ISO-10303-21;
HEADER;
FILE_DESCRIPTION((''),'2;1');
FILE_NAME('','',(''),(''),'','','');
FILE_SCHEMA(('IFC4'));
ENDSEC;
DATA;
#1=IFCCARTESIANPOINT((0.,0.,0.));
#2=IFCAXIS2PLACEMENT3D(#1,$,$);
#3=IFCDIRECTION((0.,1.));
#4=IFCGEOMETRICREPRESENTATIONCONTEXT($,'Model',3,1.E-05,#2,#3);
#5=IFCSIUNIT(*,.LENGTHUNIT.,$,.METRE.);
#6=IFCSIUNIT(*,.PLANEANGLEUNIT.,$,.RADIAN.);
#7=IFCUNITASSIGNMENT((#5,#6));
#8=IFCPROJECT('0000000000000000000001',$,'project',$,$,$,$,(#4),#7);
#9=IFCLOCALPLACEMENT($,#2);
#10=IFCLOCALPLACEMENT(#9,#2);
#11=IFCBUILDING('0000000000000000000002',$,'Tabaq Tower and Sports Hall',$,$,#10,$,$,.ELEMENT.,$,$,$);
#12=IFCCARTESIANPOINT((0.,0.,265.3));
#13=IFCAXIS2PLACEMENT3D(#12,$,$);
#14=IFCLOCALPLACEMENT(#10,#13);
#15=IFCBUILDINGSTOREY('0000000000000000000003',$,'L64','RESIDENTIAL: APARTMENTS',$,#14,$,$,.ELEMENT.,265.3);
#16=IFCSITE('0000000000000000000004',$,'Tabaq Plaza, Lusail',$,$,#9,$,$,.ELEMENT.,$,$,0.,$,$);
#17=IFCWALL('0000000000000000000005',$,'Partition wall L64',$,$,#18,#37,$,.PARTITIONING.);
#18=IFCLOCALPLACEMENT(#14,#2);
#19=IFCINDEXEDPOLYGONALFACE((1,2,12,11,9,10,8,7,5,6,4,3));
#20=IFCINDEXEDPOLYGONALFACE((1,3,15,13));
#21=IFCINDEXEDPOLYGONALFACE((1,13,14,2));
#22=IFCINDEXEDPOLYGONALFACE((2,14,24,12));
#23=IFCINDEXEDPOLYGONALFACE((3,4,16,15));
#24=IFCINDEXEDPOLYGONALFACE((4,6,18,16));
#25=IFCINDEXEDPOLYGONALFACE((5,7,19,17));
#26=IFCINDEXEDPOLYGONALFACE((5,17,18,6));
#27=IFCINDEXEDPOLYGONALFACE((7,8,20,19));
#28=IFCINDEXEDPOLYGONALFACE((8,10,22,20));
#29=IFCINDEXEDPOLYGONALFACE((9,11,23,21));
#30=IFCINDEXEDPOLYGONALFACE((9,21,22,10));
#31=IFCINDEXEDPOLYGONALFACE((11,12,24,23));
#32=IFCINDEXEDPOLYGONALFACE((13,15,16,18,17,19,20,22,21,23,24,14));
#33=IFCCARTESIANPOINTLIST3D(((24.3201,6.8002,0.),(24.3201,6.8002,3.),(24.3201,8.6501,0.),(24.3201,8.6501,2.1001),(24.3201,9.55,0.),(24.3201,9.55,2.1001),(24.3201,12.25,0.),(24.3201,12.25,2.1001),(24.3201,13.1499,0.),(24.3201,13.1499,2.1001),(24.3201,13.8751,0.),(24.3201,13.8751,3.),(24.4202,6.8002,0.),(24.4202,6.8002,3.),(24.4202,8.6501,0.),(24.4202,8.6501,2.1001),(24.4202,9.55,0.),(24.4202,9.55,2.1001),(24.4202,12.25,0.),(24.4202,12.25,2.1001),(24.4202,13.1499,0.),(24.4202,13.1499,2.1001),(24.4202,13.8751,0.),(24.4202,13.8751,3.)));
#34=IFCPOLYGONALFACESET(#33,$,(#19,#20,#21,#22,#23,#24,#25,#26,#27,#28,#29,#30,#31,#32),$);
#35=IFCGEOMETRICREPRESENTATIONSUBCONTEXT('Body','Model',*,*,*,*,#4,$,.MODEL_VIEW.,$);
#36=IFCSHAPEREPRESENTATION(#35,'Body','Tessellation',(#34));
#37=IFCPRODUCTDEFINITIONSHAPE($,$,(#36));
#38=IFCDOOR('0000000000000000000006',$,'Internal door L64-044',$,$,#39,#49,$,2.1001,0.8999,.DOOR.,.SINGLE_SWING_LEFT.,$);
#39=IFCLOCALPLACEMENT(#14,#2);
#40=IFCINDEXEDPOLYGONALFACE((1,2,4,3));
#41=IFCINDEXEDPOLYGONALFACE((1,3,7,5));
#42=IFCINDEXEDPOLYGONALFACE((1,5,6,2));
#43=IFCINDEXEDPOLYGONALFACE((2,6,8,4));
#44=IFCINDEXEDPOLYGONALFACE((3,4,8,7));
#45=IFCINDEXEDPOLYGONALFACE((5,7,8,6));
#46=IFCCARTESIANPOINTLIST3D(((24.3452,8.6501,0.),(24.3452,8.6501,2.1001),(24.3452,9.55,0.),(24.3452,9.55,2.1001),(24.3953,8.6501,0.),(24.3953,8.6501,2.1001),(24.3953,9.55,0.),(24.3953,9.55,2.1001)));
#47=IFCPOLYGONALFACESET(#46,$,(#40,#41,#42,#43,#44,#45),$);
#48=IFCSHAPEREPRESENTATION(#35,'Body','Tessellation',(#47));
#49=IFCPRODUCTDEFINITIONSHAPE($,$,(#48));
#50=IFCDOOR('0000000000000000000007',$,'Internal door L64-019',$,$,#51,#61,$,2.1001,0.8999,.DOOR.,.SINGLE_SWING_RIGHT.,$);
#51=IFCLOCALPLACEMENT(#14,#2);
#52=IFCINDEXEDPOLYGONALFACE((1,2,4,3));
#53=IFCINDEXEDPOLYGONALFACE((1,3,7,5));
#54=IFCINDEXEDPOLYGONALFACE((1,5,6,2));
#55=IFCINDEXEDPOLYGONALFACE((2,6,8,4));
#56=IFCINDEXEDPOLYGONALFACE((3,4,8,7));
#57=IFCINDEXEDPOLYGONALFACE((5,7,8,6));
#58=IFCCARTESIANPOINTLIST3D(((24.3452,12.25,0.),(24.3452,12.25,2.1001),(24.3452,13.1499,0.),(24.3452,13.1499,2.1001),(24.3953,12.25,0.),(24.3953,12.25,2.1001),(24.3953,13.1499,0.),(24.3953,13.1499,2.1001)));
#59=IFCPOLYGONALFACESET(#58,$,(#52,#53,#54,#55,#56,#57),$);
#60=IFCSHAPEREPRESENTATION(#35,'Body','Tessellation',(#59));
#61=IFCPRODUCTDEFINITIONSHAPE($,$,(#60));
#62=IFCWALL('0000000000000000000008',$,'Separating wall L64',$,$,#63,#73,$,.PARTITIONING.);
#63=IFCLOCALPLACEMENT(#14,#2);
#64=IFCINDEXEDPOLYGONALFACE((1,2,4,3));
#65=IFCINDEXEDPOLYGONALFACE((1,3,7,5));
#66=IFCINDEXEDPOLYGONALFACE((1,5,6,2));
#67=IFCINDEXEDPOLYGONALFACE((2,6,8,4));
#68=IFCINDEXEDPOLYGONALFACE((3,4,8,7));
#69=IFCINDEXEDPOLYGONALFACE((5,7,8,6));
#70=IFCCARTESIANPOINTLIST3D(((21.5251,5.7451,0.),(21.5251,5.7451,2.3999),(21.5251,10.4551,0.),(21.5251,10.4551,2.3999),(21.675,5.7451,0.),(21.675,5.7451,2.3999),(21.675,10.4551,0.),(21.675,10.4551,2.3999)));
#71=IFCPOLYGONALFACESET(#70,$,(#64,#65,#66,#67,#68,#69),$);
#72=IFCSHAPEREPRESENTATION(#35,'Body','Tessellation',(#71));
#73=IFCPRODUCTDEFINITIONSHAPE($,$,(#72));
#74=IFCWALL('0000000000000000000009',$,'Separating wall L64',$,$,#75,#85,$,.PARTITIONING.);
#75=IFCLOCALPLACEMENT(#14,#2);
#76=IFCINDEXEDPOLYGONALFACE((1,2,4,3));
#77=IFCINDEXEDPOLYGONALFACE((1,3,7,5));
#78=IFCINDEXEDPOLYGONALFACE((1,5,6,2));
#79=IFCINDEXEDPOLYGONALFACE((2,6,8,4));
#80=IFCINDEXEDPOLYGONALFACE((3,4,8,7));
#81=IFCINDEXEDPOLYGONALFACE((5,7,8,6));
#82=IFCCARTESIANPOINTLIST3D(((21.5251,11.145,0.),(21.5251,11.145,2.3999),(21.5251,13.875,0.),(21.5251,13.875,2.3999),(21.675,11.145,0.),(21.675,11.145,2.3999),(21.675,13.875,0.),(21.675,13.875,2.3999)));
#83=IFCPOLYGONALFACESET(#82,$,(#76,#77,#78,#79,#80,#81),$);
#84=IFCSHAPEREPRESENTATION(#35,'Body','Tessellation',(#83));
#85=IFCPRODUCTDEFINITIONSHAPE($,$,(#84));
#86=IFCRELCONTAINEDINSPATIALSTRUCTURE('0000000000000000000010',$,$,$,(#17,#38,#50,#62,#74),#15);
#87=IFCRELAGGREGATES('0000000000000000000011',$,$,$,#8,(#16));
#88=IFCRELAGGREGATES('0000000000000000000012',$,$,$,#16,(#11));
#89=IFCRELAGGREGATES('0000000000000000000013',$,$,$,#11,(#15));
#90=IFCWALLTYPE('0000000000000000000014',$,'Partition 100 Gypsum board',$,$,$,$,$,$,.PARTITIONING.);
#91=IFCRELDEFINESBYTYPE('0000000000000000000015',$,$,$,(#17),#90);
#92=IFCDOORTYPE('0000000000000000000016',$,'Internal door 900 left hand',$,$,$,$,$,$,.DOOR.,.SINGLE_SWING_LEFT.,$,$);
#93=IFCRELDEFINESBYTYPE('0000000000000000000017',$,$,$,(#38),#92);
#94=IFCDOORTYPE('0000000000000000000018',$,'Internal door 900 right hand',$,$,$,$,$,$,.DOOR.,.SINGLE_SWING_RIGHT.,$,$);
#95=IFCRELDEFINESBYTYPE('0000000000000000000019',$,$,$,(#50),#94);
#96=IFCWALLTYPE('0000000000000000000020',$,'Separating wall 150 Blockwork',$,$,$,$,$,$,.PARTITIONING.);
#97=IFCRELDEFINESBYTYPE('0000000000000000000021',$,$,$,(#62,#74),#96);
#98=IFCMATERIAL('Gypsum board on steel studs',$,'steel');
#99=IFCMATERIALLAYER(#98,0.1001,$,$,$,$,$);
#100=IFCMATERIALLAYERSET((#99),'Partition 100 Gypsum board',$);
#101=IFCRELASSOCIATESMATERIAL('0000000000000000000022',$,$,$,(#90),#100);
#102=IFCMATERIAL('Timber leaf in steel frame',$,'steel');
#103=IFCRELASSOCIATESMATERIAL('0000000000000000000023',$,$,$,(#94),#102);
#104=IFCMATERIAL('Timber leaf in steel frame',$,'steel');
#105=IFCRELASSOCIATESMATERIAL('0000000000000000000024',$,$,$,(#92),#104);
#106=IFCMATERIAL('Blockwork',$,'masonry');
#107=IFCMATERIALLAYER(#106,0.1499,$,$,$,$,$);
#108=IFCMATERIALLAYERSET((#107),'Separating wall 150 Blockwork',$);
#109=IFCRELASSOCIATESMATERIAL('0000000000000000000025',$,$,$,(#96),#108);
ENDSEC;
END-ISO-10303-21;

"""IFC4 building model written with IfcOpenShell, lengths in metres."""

from ifc_helpers import new_model, si_unit, direction, frame, frame_2d, origin, place, context, subcontext, project, spatial, rectangle, extrude, material, layer, layer_set, type_object, element, fill, save


model = new_model("IFC4")

# Units and contexts
model_context = context("Model", 3, precision=1e-05, world=origin(), true_north=direction((0.0, 1.0)))
body_context = subcontext(model_context, "Body", "Model", "MODEL_VIEW")
ifc_project = project(units=[si_unit("LENGTHUNIT", "METRE"), si_unit("PLANEANGLEUNIT", "RADIAN")], contexts=[model_context])

# Site, building, storey
site_placement = place(None, origin())
site = spatial("IfcSite", under=ifc_project, at=site_placement, Name="Tabaq Plaza, Lusail", CompositionType="ELEMENT", RefElevation=0.0)
building_placement = place(site_placement, origin())
building = spatial("IfcBuilding", under=site, at=building_placement, Name="Tabaq Tower and Sports Hall", CompositionType="ELEMENT")
storey_placement = place(building_placement, frame((0.0, 0.0, 265.3)))
storey = spatial("IfcBuildingStorey", under=building, at=storey_placement, Name="L64", Description="RESIDENTIAL: APARTMENTS", CompositionType="ELEMENT", Elevation=265.3)

# Shared definitions
ifc_material_1 = material(Name="Gypsum board on steel studs", Category="steel")
ifc_layer_1 = layer(ifc_material_1, 0.1001)
ifc_layer_set_1 = layer_set([ifc_layer_1], Name="Partition 100 Gypsum board")
wall_type_1 = type_object("IfcWallType", Name="Partition 100 Gypsum board", PredefinedType="PARTITIONING", material=ifc_layer_set_1)
ifc_material_2 = material(Name="Timber leaf in steel frame", Category="steel")
door_type_1 = type_object("IfcDoorType", Name="Internal door 900 right hand", OperationType="SINGLE_SWING_RIGHT", PredefinedType="DOOR", material=ifc_material_2)

# Wall, openings, doors
wall_1_placement = place(storey_placement, frame((24.3701, 6.8, 0.0), z_axis=(0.0, 0.0, 1.0), x_axis=(0.0, 1.0, 0.0)))
wall_1 = element("IfcWall", 1, at=wall_1_placement, inside=storey, type_object=wall_type_1, Name="Partition wall L64", PredefinedType="PARTITIONING", context=body_context, shape_type="SweptSolid", body=[
    extrude(rectangle(XDim=7.075, YDim=0.1001, at=frame_2d((3.5376, 0.0))), origin(), (0.0, 0.0, 1.0), 3.0),
])
opening_1_placement = place(wall_1_placement, frame((5.45, 0.0, 0.0)))
opening_1 = element("IfcOpeningElement", 2, at=opening_1_placement, cuts=wall_1, PredefinedType="OPENING", context=body_context, shape_type="SweptSolid", body=[
    extrude(rectangle(XDim=0.8999, YDim=2.1001, at=frame_2d((0.45, 1.05))), frame((0.0, 0.05, 0.0), z_axis=(0.0, -1.0, 0.0), x_axis=(1.0, 0.0, 0.0)), (0.0, 0.0, 1.0), 0.1001),
])
opening_2_placement = place(wall_1_placement, frame((1.8501, 0.0, 0.0)))
opening_2 = element("IfcOpeningElement", 3, at=opening_2_placement, cuts=wall_1, PredefinedType="OPENING", context=body_context, shape_type="SweptSolid", body=[
    extrude(rectangle(XDim=0.8999, YDim=2.1001, at=frame_2d((0.45, 1.05))), frame((0.0, 0.05, 0.0), z_axis=(0.0, -1.0, 0.0), x_axis=(1.0, 0.0, 0.0)), (0.0, 0.0, 1.0), 0.1001),
])
ifc_material_3 = material(Name="Timber leaf in steel frame", Category="steel")
door_type_2 = type_object("IfcDoorType", Name="Internal door 900 left hand", OperationType="SINGLE_SWING_LEFT", PredefinedType="DOOR", material=ifc_material_3)
door_1_placement = place(opening_2_placement, origin())
door_1 = element("IfcDoor", 4, at=door_1_placement, inside=storey, type_object=door_type_2, Name="Internal door L64-044", OperationType="SINGLE_SWING_LEFT", OverallHeight=2.1001, OverallWidth=0.8999, PredefinedType="DOOR", context=body_context, shape_type="SweptSolid", body=[
    extrude(rectangle(XDim=0.8999, YDim=2.1001, at=frame_2d((0.45, 1.05))), frame((0.0, 0.0249, 0.0), z_axis=(0.0, -1.0, 0.0), x_axis=(1.0, 0.0, 0.0)), (0.0, 0.0, 1.0), 0.05),
])
fill(opening_2, door_1)
door_2_placement = place(opening_1_placement, origin())
door_2 = element("IfcDoor", 5, at=door_2_placement, inside=storey, type_object=door_type_1, Name="Internal door L64-019", OperationType="SINGLE_SWING_RIGHT", OverallHeight=2.1001, OverallWidth=0.8999, PredefinedType="DOOR", context=body_context, shape_type="SweptSolid", body=[
    extrude(rectangle(XDim=0.8999, YDim=2.1001, at=frame_2d((0.45, 1.05))), frame((0.0, 0.0249, 0.0), z_axis=(0.0, -1.0, 0.0), x_axis=(1.0, 0.0, 0.0)), (0.0, 0.0, 1.0), 0.05),
])
fill(opening_1, door_2)

# Walls
ifc_material_4 = material(Name="Blockwork", Category="masonry")
ifc_layer_2 = layer(ifc_material_4, 0.1499)
ifc_layer_set_2 = layer_set([ifc_layer_2], Name="Separating wall 150 Blockwork")
wall_type_2 = type_object("IfcWallType", Name="Separating wall 150 Blockwork", PredefinedType="PARTITIONING", material=ifc_layer_set_2)
wall_2_placement = place(storey_placement, frame((21.6001, 5.7451, 0.0), z_axis=(0.0, 0.0, 1.0), x_axis=(0.0, 1.0, 0.0)))
element("IfcWall", 6, at=wall_2_placement, inside=storey, type_object=wall_type_2, Name="Separating wall L64", PredefinedType="PARTITIONING", context=body_context, shape_type="SweptSolid", body=[
    extrude(rectangle(XDim=4.71, YDim=0.1499, at=frame_2d((2.355, 0.0))), origin(), (0.0, 0.0, 1.0), 2.3999),
])
wall_3_placement = place(storey_placement, frame((21.6001, 11.145, 0.0), z_axis=(0.0, 0.0, 1.0), x_axis=(0.0, 1.0, 0.0)))
element("IfcWall", 7, at=wall_3_placement, inside=storey, type_object=wall_type_2, Name="Separating wall L64", PredefinedType="PARTITIONING", context=body_context, shape_type="SweptSolid", body=[
    extrude(rectangle(XDim=2.73, YDim=0.1499, at=frame_2d((1.365, 0.0))), origin(), (0.0, 0.0, 1.0), 2.3999),
])

save(model, "model.ifc")
